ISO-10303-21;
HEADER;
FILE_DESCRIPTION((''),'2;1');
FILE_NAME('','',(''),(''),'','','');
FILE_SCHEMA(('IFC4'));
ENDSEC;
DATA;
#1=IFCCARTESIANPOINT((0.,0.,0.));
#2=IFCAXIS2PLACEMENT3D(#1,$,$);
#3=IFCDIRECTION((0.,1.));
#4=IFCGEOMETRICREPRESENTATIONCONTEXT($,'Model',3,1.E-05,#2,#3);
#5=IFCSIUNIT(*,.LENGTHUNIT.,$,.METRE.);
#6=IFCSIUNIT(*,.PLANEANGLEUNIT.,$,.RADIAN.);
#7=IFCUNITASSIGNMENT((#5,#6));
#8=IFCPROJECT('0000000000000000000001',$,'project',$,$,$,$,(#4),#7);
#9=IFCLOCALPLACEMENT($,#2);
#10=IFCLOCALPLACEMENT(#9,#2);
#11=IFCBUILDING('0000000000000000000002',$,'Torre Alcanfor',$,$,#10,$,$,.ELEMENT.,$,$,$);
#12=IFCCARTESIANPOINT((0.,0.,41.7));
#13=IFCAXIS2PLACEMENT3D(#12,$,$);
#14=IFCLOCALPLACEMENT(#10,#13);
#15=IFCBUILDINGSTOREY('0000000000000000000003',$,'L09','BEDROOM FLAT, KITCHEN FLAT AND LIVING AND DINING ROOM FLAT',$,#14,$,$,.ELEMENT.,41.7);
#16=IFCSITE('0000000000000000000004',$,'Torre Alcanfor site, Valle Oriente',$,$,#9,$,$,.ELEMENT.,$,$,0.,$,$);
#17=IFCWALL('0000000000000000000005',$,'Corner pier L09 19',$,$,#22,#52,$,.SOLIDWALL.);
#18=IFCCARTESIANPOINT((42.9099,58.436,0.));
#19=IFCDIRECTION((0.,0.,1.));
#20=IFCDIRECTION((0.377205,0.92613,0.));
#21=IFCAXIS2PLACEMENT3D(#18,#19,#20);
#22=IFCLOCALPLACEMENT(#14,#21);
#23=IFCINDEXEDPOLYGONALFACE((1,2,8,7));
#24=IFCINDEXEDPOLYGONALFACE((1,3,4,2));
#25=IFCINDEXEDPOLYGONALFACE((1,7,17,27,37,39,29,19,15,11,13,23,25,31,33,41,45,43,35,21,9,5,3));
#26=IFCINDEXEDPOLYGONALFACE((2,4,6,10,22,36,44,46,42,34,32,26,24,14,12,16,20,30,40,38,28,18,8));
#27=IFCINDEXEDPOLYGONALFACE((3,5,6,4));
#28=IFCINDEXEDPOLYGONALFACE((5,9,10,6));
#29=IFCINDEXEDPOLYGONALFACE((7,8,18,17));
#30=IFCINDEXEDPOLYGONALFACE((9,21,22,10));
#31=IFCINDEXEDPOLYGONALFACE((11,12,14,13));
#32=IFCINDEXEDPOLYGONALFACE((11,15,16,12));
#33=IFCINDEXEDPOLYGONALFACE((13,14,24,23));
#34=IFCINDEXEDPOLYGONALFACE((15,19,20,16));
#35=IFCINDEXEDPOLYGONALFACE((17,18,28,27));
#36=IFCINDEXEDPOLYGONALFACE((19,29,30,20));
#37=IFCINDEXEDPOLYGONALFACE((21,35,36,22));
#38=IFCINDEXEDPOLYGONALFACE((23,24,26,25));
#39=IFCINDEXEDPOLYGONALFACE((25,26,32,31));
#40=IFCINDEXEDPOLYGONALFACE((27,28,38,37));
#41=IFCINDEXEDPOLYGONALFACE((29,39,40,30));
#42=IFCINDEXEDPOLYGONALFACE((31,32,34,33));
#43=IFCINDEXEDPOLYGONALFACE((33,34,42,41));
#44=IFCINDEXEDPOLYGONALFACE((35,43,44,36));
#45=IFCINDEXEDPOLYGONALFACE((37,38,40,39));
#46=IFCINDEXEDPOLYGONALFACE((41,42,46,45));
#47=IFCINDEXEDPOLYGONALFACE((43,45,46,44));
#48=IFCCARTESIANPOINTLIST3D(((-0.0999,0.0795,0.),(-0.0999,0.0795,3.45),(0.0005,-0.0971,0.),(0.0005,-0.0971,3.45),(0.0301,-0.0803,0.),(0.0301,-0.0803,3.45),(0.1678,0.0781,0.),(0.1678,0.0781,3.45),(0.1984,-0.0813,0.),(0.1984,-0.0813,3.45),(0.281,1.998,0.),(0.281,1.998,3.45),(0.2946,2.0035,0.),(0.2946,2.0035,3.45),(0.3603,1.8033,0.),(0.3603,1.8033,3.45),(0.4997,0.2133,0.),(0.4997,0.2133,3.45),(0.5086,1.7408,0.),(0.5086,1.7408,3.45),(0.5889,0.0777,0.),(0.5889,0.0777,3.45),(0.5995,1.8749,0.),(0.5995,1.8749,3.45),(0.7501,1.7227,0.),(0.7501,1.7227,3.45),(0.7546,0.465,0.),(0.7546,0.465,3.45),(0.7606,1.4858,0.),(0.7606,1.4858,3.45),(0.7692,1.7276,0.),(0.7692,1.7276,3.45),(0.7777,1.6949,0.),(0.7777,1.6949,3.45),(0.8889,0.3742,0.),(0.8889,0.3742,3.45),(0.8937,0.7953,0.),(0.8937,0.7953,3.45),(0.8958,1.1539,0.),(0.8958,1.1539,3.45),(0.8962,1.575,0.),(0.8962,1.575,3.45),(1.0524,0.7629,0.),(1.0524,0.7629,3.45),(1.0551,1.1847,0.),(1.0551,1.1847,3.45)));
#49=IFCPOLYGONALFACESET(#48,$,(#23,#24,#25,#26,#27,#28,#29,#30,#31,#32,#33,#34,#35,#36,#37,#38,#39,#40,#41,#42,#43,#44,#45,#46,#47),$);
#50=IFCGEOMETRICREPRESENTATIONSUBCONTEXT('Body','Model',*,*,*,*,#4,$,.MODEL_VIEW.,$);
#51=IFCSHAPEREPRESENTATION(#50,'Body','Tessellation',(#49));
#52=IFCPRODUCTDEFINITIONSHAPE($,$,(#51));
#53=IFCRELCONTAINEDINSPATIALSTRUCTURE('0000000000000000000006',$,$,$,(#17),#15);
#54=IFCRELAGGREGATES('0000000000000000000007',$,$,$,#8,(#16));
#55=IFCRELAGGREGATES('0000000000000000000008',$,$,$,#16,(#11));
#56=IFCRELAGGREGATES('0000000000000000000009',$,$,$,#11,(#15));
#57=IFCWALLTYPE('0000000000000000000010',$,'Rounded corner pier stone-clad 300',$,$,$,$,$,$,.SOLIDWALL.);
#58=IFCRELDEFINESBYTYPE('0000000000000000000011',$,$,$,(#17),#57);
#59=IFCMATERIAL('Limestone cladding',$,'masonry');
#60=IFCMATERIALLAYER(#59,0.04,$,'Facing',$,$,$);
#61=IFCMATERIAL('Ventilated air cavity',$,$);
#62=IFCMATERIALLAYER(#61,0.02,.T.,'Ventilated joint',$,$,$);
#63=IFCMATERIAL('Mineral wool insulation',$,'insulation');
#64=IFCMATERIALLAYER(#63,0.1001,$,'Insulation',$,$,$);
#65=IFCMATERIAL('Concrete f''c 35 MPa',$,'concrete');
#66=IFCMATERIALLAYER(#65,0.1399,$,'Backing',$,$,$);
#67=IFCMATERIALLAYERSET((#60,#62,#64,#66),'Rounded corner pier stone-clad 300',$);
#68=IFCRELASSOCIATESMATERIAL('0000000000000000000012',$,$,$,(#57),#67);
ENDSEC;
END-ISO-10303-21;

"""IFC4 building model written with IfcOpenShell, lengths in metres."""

from ifc_helpers import new_model, si_unit, direction, frame, origin, place, context, subcontext, project, spatial, polyline, outline, extrude, material, layer, layer_set, type_object, element, save


model = new_model("IFC4")

# Units and contexts
model_context = context("Model", 3, precision=1e-05, world=origin(), true_north=direction((0.0, 1.0)))
body_context = subcontext(model_context, "Body", "Model", "MODEL_VIEW")
ifc_project = project(units=[si_unit("LENGTHUNIT", "METRE"), si_unit("PLANEANGLEUNIT", "RADIAN")], contexts=[model_context])

# Site, building, storey
site_placement = place(None, origin())
site = spatial("IfcSite", under=ifc_project, at=site_placement, Name="Torre Alcanfor site, Valle Oriente", CompositionType="ELEMENT", RefElevation=0.0)
building_placement = place(site_placement, origin())
building = spatial("IfcBuilding", under=site, at=building_placement, Name="Torre Alcanfor", CompositionType="ELEMENT")
storey_placement = place(building_placement, frame((0.0, 0.0, 41.7)))
storey = spatial("IfcBuildingStorey", under=building, at=storey_placement, Name="L09", Description="BEDROOM FLAT, KITCHEN FLAT AND LIVING AND DINING ROOM FLAT", CompositionType="ELEMENT", Elevation=41.7)

# Shared definitions
ifc_material_1 = material(Name="Limestone cladding", Category="masonry")
ifc_material_2 = material(Name="Ventilated air cavity")
ifc_material_3 = material(Name="Mineral wool insulation", Category="insulation")
ifc_material_4 = material(Name="Concrete f'c 35 MPa", Category="concrete")

# Wall
ifc_layer_1 = layer(ifc_material_1, 0.04, Name="Facing")
ifc_layer_2 = layer(ifc_material_2, 0.02, ventilated=True, Name="Ventilated joint")
ifc_layer_3 = layer(ifc_material_3, 0.1001, Name="Insulation")
ifc_layer_4 = layer(ifc_material_4, 0.1399, Name="Backing")
ifc_layer_set_1 = layer_set([ifc_layer_1, ifc_layer_2, ifc_layer_3, ifc_layer_4], Name="Rounded corner pier stone-clad 300")
wall_type_1 = type_object("IfcWallType", Name="Rounded corner pier stone-clad 300", PredefinedType="SOLIDWALL", material=ifc_layer_set_1)
wall_1_placement = place(storey_placement, frame((42.9099, 58.436, 0.0), z_axis=(0.0, 0.0, 1.0), x_axis=(0.377205, 0.92613, 0.0)))
element("IfcWall", 1, at=wall_1_placement, inside=storey, type_object=wall_type_1, Name="Corner pier L09 19", PredefinedType="SOLIDWALL", context=body_context, shape_type="SweptSolid", body=[
    extrude(outline(polyline([(0.7692, 1.7276), (0.7501, 1.7227), (0.5995, 1.8749), (0.2946, 2.0035), (0.281, 1.998), (0.3603, 1.8033), (0.5086, 1.7408), (0.7606, 1.4858), (0.8958, 1.1539), (0.8937, 0.7953), (0.7546, 0.465), (0.4997, 0.2133), (0.1678, 0.0781), (-0.0999, 0.0795), (0.0005, -0.0971), (0.0301, -0.0803), (0.1984, -0.0813), (0.5889, 0.0777), (0.8889, 0.3742), (1.0524, 0.7629), (1.0551, 1.1847), (0.8962, 1.575), (0.7777, 1.6949), (0.7692, 1.7276)])), origin(), (0.0, 0.0, 1.0), 3.45),
])

save(model, "model.ifc")
